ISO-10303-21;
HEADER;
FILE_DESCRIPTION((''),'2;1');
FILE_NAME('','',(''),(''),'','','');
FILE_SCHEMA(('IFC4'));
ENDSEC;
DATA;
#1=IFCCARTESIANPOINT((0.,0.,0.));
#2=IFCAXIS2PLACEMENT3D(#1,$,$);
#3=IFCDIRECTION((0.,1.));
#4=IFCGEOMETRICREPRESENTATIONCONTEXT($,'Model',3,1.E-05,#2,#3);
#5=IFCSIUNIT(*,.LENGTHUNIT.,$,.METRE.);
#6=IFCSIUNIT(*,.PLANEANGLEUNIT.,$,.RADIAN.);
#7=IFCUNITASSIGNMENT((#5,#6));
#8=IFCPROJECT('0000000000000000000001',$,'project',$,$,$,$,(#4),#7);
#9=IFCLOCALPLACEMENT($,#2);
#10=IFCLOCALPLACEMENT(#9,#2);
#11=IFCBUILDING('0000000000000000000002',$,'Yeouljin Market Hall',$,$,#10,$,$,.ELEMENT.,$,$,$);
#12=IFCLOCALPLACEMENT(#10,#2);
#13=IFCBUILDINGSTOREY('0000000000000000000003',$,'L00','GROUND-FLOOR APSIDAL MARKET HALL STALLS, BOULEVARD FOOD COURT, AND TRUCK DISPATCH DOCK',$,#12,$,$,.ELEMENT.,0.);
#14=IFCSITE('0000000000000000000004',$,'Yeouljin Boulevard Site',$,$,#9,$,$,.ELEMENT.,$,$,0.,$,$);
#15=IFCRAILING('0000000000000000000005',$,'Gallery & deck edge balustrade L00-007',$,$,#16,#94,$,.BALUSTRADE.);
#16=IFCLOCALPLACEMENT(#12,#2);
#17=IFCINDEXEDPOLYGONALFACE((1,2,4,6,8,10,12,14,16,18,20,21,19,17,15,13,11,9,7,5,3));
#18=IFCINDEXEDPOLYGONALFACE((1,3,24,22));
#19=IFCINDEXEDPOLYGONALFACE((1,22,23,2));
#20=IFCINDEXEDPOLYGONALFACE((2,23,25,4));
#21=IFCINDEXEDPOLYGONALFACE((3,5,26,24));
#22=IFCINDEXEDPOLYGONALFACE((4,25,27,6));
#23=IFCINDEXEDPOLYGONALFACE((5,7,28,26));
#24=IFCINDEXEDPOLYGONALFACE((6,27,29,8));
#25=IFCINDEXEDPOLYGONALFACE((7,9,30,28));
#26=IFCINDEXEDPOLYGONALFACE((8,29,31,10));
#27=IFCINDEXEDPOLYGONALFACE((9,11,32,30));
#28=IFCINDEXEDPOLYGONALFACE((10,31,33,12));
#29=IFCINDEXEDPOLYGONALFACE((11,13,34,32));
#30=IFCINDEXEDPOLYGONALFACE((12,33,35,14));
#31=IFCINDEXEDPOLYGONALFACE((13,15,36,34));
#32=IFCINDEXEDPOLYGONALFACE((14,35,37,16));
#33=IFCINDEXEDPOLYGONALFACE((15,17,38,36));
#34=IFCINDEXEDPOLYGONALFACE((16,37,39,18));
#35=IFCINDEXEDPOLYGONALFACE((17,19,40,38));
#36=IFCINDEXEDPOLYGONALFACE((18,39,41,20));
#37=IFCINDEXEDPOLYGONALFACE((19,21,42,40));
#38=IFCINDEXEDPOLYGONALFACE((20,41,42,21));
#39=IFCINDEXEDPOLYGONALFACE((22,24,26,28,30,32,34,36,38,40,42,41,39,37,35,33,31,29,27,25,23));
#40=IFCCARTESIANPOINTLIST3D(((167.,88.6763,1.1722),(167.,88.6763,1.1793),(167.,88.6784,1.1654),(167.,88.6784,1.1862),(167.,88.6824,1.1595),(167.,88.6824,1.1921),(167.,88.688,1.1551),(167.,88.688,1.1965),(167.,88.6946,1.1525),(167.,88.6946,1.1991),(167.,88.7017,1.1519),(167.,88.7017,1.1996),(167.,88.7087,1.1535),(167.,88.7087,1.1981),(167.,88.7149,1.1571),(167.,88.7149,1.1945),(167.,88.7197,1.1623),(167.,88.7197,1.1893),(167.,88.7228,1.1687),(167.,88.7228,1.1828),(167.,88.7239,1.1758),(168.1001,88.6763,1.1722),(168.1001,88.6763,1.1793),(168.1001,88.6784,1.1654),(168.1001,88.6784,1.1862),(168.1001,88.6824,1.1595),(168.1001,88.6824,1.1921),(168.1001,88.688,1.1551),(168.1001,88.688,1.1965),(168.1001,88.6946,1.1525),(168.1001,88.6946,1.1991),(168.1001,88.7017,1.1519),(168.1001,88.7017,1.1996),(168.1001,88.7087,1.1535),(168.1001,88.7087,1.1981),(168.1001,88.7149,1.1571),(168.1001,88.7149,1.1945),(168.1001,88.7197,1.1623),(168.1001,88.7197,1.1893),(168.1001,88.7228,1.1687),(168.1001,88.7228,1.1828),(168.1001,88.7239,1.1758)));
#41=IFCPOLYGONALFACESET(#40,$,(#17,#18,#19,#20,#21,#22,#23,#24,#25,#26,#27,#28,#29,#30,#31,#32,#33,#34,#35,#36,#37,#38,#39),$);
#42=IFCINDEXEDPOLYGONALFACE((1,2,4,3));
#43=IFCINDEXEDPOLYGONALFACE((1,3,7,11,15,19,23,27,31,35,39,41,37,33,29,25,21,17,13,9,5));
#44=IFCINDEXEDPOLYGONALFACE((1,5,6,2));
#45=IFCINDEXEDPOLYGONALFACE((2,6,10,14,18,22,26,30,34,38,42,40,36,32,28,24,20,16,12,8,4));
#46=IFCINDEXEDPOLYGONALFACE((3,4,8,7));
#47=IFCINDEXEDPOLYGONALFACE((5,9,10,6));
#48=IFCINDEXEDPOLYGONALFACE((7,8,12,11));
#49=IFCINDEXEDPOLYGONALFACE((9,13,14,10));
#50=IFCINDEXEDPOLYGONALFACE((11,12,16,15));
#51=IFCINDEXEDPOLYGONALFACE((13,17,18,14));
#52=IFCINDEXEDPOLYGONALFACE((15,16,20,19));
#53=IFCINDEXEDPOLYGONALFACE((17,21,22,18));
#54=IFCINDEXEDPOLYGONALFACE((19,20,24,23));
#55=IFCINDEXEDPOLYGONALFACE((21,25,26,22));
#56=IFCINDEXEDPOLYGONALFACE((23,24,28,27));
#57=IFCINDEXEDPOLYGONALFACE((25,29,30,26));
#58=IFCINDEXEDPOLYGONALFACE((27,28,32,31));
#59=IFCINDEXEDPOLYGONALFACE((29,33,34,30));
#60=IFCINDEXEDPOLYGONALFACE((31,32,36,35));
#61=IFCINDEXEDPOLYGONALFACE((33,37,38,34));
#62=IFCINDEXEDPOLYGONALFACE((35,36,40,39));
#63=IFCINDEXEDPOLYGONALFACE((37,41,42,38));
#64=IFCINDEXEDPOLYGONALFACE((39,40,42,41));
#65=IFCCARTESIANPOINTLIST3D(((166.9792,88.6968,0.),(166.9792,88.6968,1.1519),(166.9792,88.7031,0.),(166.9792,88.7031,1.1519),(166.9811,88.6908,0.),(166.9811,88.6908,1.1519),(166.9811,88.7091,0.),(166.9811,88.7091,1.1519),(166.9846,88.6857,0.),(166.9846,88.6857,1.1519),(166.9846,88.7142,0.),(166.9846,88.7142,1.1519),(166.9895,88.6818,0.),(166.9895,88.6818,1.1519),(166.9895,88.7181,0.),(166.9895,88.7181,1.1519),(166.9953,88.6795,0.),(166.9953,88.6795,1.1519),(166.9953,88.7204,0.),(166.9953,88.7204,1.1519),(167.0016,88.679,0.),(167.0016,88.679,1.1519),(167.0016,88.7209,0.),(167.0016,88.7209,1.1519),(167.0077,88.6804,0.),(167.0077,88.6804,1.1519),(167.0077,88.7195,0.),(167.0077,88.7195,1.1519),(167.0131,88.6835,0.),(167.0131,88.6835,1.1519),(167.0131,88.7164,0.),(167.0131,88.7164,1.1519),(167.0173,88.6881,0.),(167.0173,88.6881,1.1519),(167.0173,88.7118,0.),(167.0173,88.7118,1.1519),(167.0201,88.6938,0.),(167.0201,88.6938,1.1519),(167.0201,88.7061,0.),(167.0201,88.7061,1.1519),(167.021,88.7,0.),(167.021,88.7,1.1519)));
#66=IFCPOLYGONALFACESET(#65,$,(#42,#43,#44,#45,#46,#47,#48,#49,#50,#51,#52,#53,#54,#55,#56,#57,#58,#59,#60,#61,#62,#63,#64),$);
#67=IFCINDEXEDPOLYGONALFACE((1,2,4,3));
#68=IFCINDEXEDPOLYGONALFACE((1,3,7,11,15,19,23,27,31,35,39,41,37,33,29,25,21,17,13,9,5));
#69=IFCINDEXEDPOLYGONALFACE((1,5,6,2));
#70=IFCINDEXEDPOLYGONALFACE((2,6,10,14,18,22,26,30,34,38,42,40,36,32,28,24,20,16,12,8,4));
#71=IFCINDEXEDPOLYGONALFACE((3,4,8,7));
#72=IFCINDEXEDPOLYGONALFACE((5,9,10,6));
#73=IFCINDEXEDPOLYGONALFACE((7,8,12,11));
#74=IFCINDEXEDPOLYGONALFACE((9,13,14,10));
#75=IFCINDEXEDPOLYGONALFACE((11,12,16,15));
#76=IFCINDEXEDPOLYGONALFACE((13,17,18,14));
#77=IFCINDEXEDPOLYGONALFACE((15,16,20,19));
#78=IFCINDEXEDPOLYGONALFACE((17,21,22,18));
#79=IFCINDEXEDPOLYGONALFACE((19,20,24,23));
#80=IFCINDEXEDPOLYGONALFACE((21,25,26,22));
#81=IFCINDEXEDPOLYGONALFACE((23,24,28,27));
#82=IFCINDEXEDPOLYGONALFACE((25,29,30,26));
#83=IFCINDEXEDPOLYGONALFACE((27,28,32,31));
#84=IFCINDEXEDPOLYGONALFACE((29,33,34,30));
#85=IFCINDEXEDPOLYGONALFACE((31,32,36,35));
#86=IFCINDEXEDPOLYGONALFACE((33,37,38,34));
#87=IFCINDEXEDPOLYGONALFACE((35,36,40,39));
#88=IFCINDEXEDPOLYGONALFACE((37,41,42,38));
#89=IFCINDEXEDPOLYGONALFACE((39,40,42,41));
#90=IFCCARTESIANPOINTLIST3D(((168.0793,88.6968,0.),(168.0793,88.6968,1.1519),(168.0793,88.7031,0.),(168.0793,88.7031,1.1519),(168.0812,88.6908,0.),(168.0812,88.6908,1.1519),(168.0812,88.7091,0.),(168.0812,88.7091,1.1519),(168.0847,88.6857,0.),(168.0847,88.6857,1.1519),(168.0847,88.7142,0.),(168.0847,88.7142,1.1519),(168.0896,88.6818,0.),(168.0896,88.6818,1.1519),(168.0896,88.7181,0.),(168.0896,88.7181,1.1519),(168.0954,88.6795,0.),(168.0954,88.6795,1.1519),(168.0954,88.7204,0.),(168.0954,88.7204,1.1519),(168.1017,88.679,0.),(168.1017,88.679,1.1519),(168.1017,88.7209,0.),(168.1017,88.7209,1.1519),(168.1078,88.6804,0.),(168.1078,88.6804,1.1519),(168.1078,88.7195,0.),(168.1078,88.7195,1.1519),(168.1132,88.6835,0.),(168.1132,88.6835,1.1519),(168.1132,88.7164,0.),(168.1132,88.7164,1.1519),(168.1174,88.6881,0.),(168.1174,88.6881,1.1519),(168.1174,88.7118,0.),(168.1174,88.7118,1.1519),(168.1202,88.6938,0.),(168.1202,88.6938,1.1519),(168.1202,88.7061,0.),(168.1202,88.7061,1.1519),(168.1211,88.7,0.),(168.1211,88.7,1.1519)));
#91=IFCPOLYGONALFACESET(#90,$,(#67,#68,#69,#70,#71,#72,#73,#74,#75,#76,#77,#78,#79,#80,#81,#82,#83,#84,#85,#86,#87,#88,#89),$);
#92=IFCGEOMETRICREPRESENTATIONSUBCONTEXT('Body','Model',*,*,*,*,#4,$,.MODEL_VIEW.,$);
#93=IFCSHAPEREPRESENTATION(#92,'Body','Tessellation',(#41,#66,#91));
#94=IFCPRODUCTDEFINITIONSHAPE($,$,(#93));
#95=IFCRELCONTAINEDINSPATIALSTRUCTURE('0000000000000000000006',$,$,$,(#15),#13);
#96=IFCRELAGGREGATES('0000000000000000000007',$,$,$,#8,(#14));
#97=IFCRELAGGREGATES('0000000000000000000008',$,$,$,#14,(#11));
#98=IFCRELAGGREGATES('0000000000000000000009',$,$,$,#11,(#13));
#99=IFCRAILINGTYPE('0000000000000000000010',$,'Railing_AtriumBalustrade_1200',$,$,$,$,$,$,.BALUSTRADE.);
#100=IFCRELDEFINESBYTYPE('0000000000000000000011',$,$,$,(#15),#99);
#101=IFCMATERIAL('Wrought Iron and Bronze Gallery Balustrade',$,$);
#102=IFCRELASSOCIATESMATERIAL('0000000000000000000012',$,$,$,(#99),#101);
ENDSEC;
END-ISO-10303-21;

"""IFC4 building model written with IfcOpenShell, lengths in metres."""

from ifc_helpers import new_model, si_unit, direction, frame, origin, origin_2d, place, context, subcontext, project, spatial, circle, extrude, material, type_object, element, save


model = new_model("IFC4")

# Units and contexts
model_context = context("Model", 3, precision=1e-05, world=origin(), true_north=direction((0.0, 1.0)))
body_context = subcontext(model_context, "Body", "Model", "MODEL_VIEW")
ifc_project = project(units=[si_unit("LENGTHUNIT", "METRE"), si_unit("PLANEANGLEUNIT", "RADIAN")], contexts=[model_context])

# Site, building, storey
site_placement = place(None, origin())
site = spatial("IfcSite", under=ifc_project, at=site_placement, Name="Yeouljin Boulevard Site", CompositionType="ELEMENT", RefElevation=0.0)
building_placement = place(site_placement, origin())
building = spatial("IfcBuilding", under=site, at=building_placement, Name="Yeouljin Market Hall", CompositionType="ELEMENT")
storey_placement = place(building_placement, origin())
storey = spatial("IfcBuildingStorey", under=building, at=storey_placement, Name="L00", Description="GROUND-FLOOR APSIDAL MARKET HALL STALLS, BOULEVARD FOOD COURT, AND TRUCK DISPATCH DOCK", CompositionType="ELEMENT", Elevation=0.0)

# Railing
ifc_material_1 = material(Name="Wrought Iron and Bronze Gallery Balustrade")
railing_type = type_object("IfcRailingType", Name="Railing_AtriumBalustrade_1200", PredefinedType="BALUSTRADE", material=ifc_material_1)
for number, where, name in (
    (1, (167.0, 88.7, 0.0), "Gallery & deck edge balustrade L00-007"),
):
    element("IfcRailing", number, at=place(storey_placement, frame(where)), inside=storey, type_object=railing_type, Name=name, PredefinedType="BALUSTRADE", context=body_context, shape_type="SweptSolid", body=[
        extrude(circle(Radius=0.0239, at=origin_2d()), frame((0.0, 0.0, 1.1758), z_axis=(1.0, 0.0, 0.0), x_axis=(0.0, 1.0, 0.0)), (0.0, 0.0, 1.0), 1.1001),
        extrude(circle(Radius=0.021, at=origin_2d()), origin(), (0.0, 0.0, 1.0), 1.1519),
        extrude(circle(Radius=0.021, at=origin_2d()), frame((1.1001, 0.0, 0.0)), (0.0, 0.0, 1.0), 1.1519),
    ])

save(model, "model.ifc")
